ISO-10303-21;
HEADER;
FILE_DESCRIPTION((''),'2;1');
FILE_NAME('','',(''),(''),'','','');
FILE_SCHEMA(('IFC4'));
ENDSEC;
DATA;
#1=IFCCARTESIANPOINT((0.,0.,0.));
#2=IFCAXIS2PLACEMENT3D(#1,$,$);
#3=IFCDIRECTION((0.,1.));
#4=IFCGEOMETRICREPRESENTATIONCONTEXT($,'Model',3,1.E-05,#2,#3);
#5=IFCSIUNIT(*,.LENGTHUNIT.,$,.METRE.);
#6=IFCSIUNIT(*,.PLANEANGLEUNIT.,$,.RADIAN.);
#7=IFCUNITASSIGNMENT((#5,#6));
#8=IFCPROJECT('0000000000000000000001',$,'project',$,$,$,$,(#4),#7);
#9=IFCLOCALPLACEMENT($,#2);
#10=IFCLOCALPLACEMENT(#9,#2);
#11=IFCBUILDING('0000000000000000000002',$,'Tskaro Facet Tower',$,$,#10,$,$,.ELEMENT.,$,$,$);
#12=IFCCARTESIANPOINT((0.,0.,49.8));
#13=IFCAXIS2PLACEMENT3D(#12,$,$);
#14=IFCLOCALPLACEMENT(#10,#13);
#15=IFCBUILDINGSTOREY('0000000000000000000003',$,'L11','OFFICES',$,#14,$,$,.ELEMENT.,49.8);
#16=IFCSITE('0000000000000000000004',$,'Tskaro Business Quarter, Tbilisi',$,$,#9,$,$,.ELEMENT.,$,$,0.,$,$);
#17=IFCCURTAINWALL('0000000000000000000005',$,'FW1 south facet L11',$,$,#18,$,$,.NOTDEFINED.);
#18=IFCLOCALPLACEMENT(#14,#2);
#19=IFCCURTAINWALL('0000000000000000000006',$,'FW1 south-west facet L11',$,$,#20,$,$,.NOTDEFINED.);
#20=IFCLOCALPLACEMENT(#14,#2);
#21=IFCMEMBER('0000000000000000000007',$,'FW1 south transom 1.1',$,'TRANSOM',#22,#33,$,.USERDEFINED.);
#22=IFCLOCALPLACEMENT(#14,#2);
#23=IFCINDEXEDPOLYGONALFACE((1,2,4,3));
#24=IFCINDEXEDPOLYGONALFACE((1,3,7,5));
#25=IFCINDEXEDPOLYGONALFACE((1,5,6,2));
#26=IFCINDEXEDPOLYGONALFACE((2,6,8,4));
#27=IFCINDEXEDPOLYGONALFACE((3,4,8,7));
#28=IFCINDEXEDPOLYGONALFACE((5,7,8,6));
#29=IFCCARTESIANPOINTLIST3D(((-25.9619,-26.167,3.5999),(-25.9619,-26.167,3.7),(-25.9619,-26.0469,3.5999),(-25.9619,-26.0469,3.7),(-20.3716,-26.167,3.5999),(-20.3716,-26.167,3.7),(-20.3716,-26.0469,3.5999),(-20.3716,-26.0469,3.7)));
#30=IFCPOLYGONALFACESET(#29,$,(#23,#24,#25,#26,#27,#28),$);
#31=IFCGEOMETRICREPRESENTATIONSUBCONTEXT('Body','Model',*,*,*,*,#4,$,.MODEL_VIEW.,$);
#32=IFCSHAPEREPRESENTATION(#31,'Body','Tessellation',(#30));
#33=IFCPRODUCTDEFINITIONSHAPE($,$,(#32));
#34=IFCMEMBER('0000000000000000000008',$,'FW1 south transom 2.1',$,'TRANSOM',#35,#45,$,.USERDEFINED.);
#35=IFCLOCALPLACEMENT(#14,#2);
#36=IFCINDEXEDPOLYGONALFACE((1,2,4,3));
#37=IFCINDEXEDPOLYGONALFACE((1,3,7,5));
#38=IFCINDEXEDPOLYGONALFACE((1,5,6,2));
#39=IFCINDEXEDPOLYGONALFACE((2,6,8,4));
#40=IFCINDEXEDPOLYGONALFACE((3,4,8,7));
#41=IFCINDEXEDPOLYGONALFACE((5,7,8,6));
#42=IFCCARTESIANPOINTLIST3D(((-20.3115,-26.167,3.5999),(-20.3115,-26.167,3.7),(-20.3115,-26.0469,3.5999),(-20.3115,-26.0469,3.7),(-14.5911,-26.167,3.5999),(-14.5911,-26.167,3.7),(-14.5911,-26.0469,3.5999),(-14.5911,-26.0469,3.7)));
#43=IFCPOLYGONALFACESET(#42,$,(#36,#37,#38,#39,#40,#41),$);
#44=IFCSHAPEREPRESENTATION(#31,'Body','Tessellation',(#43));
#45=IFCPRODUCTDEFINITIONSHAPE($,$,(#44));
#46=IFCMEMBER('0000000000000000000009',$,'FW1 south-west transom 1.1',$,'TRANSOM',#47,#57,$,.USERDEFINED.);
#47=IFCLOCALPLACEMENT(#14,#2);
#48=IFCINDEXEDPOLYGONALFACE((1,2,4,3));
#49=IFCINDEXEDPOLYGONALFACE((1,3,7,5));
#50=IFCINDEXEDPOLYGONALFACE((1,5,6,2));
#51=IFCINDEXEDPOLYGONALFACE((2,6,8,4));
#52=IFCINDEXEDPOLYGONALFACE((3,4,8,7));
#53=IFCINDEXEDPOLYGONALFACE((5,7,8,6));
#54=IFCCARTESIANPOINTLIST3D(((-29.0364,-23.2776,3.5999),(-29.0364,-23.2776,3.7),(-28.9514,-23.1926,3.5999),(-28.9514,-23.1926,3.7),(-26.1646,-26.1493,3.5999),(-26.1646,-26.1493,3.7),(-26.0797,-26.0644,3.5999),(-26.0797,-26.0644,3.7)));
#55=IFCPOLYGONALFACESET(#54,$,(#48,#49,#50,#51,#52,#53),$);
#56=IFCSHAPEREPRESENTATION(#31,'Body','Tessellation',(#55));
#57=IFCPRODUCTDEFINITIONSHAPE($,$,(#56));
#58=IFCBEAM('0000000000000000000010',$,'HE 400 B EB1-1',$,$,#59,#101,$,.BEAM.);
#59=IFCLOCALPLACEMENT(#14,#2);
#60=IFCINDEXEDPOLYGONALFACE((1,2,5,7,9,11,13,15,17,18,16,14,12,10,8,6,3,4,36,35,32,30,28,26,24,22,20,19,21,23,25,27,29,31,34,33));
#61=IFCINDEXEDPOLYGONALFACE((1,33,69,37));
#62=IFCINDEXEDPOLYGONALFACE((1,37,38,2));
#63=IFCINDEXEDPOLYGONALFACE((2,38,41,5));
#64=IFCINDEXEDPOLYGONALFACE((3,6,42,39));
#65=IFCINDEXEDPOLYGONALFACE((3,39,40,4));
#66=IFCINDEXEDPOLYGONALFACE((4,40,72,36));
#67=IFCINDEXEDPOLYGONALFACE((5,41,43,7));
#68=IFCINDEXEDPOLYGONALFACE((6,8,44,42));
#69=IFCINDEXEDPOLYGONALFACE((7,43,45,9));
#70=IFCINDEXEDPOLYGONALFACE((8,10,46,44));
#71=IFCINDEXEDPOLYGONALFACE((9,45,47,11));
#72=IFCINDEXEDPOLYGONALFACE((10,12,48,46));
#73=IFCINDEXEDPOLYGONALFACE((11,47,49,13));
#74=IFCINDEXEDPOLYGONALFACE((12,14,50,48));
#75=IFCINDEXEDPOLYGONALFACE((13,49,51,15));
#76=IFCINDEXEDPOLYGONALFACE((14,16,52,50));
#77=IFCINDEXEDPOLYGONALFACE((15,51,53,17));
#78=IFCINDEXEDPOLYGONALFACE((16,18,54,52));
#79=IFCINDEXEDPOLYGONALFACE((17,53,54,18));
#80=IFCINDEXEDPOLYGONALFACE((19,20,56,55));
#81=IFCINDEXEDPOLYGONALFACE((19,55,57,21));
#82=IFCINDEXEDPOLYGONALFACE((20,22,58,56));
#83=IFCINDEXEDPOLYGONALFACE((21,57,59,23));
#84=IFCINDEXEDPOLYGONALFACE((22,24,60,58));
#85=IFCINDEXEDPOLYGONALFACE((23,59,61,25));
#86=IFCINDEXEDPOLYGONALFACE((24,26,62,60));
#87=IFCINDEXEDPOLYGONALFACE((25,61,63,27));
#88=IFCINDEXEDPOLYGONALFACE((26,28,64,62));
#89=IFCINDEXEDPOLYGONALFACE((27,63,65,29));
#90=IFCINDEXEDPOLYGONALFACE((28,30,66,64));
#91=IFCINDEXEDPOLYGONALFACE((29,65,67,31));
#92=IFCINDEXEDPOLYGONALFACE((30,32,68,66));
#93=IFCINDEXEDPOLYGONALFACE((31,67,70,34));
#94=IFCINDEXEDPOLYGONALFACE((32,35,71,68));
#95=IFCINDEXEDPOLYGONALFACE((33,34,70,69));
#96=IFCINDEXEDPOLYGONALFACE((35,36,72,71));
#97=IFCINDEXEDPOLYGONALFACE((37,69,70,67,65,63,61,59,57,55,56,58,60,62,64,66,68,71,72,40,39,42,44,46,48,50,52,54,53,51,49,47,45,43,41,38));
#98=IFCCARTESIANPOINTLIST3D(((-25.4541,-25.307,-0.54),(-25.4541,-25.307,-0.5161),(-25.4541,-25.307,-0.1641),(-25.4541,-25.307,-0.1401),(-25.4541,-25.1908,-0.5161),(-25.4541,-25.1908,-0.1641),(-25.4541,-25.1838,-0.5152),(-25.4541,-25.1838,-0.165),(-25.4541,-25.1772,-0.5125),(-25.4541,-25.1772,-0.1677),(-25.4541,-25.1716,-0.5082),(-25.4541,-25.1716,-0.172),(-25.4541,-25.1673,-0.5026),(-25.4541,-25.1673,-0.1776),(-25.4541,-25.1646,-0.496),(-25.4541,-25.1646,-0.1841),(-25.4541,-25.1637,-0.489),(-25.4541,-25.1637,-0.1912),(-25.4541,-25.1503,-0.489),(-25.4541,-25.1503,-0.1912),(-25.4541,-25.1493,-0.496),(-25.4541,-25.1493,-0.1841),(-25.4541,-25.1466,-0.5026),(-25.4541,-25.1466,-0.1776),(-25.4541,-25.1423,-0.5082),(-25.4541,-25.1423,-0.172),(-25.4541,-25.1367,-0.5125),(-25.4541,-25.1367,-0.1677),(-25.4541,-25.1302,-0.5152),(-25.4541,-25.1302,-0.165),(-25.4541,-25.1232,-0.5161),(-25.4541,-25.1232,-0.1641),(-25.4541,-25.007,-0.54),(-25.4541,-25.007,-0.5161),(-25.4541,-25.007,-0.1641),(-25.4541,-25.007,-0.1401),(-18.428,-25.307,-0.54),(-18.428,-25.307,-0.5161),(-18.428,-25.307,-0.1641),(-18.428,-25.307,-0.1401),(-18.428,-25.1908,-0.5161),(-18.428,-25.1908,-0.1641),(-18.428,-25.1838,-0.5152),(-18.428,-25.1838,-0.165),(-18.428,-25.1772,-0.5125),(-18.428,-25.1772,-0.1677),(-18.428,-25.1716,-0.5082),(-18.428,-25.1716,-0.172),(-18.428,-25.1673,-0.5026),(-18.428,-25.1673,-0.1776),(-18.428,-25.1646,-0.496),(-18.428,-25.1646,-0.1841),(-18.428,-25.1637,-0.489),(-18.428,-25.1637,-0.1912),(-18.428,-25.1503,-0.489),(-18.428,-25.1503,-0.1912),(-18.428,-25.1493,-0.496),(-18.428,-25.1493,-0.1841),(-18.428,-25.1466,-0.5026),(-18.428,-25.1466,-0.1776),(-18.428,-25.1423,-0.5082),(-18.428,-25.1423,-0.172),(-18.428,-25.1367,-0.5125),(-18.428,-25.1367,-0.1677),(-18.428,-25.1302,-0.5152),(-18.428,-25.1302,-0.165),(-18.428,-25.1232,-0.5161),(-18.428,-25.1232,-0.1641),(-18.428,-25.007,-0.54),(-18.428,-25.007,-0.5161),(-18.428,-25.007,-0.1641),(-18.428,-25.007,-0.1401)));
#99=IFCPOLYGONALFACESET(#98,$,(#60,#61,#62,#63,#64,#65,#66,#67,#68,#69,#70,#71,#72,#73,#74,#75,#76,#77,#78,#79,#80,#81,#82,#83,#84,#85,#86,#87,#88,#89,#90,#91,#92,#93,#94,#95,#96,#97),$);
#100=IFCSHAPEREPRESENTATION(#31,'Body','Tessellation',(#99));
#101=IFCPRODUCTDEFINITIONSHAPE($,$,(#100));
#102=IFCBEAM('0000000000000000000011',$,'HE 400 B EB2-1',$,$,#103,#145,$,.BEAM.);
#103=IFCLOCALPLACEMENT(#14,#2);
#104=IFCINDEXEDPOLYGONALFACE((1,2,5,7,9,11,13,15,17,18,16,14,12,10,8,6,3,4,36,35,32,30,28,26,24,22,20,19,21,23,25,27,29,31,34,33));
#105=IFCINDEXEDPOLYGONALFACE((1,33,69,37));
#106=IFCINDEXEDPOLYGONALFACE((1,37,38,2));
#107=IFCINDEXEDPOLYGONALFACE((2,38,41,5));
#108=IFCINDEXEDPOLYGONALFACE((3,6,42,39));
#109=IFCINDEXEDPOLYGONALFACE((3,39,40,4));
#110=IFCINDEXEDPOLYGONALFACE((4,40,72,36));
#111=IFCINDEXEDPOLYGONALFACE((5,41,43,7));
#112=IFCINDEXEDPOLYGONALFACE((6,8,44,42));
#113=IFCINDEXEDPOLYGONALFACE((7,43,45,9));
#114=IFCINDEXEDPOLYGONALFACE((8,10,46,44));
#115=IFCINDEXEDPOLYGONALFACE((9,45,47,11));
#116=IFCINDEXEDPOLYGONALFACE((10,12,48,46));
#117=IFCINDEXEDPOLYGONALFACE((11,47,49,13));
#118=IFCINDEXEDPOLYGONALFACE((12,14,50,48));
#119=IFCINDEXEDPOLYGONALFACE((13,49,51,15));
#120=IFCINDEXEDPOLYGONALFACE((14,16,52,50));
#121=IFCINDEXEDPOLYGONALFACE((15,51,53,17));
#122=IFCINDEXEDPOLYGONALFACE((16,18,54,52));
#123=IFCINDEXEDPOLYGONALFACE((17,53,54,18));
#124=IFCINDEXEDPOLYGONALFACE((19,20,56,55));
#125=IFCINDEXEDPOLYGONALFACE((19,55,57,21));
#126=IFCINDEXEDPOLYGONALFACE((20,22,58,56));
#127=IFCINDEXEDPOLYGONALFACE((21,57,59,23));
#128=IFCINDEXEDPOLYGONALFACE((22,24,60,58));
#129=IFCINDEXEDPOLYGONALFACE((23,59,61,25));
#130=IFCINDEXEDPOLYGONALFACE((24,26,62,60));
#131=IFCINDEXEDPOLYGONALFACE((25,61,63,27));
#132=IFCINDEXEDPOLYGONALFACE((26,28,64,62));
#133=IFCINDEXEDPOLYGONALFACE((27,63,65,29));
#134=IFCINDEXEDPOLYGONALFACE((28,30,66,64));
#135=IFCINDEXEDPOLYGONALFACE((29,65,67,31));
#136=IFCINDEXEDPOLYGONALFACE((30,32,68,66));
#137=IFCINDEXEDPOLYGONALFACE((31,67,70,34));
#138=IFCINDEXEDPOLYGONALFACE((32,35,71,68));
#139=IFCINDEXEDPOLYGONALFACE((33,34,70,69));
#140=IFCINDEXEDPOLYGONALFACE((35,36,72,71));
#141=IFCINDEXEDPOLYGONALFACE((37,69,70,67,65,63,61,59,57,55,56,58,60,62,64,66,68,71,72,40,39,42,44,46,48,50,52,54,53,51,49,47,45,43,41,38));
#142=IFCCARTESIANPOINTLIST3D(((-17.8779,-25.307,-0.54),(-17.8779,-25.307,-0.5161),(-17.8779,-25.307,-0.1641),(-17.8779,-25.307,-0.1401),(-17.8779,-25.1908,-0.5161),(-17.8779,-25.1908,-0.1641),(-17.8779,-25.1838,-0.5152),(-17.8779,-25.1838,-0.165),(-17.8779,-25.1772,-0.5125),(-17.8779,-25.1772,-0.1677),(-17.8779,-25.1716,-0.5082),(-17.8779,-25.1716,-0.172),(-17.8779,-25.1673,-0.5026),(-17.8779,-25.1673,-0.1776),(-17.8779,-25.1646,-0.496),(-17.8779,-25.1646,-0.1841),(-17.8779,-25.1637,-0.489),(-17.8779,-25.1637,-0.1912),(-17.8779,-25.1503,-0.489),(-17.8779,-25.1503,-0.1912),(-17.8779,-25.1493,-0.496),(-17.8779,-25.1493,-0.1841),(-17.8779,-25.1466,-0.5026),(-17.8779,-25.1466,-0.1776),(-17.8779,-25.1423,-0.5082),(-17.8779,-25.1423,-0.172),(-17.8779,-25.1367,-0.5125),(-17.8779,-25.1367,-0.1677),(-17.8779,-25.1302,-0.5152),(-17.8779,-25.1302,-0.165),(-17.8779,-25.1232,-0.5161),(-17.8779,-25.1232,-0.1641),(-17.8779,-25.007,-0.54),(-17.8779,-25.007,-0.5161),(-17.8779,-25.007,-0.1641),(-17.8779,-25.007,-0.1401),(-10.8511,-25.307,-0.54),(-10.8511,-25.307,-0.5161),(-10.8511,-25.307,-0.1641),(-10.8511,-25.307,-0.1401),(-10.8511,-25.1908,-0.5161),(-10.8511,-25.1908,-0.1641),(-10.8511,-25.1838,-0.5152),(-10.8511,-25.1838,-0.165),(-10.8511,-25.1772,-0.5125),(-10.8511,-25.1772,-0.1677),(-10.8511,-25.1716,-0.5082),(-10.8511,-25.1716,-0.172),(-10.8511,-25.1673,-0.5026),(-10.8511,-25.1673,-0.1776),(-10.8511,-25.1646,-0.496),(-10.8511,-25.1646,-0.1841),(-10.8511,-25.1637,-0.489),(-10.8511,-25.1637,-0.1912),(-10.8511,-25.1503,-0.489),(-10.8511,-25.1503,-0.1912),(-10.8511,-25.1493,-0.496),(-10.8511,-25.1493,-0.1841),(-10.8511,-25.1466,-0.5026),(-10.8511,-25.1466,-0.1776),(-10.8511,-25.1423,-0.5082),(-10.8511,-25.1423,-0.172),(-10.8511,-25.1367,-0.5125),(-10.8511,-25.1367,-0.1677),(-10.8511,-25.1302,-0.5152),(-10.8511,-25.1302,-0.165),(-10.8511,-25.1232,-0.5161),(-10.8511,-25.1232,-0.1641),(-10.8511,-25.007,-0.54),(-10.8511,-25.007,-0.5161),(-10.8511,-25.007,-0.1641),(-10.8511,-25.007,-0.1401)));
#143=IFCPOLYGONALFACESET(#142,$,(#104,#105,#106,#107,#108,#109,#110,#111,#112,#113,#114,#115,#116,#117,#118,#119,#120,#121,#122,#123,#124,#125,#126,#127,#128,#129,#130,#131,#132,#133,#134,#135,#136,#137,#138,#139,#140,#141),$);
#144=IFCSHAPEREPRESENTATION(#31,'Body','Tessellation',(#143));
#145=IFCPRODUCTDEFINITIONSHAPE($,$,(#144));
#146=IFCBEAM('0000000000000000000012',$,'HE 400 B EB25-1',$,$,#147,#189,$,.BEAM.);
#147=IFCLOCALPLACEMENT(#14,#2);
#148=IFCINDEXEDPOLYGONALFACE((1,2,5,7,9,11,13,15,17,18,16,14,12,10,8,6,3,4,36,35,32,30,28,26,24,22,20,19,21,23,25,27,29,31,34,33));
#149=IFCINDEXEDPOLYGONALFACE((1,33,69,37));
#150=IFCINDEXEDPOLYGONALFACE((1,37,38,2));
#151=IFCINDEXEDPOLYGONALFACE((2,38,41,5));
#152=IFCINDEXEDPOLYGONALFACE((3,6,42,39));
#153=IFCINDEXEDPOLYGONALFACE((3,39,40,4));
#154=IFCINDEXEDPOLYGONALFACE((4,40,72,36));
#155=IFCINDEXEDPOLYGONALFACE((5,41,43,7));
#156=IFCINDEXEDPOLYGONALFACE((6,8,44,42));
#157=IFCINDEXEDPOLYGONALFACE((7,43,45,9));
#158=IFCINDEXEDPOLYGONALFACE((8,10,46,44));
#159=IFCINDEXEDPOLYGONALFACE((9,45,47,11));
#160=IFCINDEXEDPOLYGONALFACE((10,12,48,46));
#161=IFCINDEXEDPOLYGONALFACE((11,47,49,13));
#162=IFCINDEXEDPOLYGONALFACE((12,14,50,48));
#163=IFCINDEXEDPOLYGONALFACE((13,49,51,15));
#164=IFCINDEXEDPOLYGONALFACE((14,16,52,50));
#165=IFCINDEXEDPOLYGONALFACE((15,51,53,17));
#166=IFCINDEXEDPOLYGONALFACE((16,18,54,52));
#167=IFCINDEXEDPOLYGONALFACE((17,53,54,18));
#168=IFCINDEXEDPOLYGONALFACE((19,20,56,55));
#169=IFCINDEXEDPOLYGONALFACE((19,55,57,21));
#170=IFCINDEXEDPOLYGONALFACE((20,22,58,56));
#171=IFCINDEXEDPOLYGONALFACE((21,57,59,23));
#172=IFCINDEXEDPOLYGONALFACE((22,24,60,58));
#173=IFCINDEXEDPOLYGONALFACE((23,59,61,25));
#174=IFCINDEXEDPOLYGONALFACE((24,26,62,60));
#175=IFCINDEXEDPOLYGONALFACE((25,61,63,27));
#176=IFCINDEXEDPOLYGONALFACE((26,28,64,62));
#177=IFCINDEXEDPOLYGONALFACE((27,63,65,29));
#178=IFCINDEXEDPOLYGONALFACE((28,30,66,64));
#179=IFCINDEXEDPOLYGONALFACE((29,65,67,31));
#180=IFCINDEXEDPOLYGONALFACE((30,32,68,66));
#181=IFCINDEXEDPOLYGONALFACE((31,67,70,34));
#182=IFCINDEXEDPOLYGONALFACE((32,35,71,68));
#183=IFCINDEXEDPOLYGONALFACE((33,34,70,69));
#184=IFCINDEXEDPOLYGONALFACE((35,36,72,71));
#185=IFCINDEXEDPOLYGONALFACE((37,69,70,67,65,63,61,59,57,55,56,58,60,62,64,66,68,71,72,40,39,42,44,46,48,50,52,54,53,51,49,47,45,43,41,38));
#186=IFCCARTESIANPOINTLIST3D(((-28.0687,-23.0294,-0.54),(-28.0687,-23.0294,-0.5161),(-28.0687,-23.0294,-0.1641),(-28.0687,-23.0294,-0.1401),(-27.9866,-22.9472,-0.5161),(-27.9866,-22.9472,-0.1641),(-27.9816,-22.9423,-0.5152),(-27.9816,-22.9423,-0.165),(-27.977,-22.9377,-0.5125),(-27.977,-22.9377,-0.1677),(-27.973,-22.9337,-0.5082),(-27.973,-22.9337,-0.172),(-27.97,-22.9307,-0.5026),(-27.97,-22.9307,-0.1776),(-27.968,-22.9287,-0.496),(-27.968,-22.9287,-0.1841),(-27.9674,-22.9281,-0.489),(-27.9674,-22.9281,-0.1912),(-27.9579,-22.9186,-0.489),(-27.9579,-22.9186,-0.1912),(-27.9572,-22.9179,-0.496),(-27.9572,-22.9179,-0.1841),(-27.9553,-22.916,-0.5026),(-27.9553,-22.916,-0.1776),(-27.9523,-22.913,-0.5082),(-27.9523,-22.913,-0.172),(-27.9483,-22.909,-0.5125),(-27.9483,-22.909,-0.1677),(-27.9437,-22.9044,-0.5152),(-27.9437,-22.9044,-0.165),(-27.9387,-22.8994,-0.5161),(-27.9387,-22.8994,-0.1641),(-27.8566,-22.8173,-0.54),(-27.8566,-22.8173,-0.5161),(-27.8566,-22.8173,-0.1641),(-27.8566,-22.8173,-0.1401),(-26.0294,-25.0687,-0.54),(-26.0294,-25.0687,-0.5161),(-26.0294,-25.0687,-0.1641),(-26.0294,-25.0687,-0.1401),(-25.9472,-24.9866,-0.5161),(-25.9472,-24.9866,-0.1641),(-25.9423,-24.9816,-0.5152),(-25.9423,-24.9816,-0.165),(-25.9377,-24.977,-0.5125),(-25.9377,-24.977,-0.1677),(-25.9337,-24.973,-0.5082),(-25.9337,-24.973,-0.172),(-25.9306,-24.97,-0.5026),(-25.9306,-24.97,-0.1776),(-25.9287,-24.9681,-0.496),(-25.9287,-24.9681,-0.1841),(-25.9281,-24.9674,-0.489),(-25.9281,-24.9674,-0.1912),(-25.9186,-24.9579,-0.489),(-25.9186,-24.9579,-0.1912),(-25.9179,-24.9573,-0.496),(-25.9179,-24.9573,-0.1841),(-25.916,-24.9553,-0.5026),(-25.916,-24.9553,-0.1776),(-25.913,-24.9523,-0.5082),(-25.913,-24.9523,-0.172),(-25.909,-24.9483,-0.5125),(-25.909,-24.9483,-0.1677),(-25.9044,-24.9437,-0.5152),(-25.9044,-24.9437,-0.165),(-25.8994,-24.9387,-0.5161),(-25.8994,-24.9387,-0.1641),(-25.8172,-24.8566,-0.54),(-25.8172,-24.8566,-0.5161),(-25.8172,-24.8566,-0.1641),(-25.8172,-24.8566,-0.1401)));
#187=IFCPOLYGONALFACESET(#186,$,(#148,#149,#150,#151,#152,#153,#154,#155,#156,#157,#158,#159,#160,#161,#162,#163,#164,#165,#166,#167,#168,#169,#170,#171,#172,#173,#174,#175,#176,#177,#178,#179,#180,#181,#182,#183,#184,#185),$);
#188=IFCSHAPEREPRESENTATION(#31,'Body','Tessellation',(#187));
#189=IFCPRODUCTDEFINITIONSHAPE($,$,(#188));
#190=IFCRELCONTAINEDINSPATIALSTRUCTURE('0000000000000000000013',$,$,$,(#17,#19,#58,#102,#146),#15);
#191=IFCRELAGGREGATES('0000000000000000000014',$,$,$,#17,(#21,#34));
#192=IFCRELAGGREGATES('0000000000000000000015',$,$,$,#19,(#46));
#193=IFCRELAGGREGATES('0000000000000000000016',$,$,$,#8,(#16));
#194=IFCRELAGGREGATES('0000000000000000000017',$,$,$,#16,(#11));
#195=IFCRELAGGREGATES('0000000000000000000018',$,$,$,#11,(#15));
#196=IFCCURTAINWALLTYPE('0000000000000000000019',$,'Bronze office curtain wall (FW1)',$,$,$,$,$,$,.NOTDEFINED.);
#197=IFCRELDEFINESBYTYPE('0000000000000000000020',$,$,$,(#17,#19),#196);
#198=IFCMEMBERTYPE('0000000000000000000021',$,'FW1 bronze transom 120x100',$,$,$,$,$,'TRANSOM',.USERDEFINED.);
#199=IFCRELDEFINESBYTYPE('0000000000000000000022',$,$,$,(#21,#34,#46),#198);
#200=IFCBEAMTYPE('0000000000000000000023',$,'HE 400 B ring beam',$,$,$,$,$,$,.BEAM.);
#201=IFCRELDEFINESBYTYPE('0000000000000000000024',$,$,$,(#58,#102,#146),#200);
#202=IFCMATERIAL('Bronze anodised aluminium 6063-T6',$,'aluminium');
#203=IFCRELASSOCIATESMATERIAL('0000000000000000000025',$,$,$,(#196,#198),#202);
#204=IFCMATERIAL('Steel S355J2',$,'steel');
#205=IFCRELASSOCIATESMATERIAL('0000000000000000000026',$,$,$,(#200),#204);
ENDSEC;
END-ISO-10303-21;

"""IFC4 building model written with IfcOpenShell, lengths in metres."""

from ifc_helpers import new_model, si_unit, direction, frame, origin, origin_2d, place, context, subcontext, project, spatial, rectangle, i_section, extrude, material, material_profile, profile_set, type_object, element, aggregate, save


model = new_model("IFC4")

# Units and contexts
model_context = context("Model", 3, precision=1e-05, world=origin(), true_north=direction((0.0, 1.0)))
body_context = subcontext(model_context, "Body", "Model", "MODEL_VIEW")
ifc_project = project(units=[si_unit("LENGTHUNIT", "METRE"), si_unit("PLANEANGLEUNIT", "RADIAN")], contexts=[model_context])

# Site, building, storey
site_placement = place(None, origin())
site = spatial("IfcSite", under=ifc_project, at=site_placement, Name="Tskaro Business Quarter, Tbilisi", CompositionType="ELEMENT", RefElevation=0.0)
building_placement = place(site_placement, origin())
building = spatial("IfcBuilding", under=site, at=building_placement, Name="Tskaro Facet Tower", CompositionType="ELEMENT")
storey_placement = place(building_placement, frame((0.0, 0.0, 49.8)))
storey = spatial("IfcBuildingStorey", under=building, at=storey_placement, Name="L11", Description="OFFICES", CompositionType="ELEMENT", Elevation=49.8)

# Curtain walls
ifc_material_1 = material(Name="Bronze anodised aluminium 6063-T6", Category="aluminium")
curtain_wall_type = type_object("IfcCurtainWallType", Name="Bronze office curtain wall (FW1)", PredefinedType="NOTDEFINED", material=ifc_material_1)
curtain_wall_1_placement = place(storey_placement, origin())
curtain_wall_1 = element("IfcCurtainWall", 1, at=curtain_wall_1_placement, inside=storey, type_object=curtain_wall_type, Name="FW1 south facet L11", PredefinedType="NOTDEFINED")
curtain_wall_2_placement = place(storey_placement, origin())
curtain_wall_2 = element("IfcCurtainWall", 2, at=curtain_wall_2_placement, inside=storey, type_object=curtain_wall_type, Name="FW1 south-west facet L11", PredefinedType="NOTDEFINED")

# Members
ifc_material_profile_1 = material_profile(ifc_material_1, rectangle(XDim=0.1201, YDim=0.1001, at=origin_2d()), Name="Transom 120x100")
ifc_profile_set_1 = profile_set([ifc_material_profile_1], Name="Bronze anodised aluminium 6063-T6")
member_type_1 = type_object("IfcMemberType", Name="FW1 bronze transom 120x100", ElementType="TRANSOM", PredefinedType="USERDEFINED", material=ifc_profile_set_1)
member_1_placement = place(storey_placement, frame((-25.9619, -26.1069, 3.6499), z_axis=(1.0, 0.0, 0.0), x_axis=(0.0, 1.0, 0.0)))
member_1 = element("IfcMember", 3, at=member_1_placement, type_object=member_type_1, Name="FW1 south transom 1.1", ObjectType="TRANSOM", PredefinedType="USERDEFINED", context=body_context, shape_type="SweptSolid", body=[
    extrude(rectangle(XDim=0.1201, YDim=0.1001, at=origin_2d()), origin(), (0.0, 0.0, 1.0), 5.5903),
])
member_2_placement = place(storey_placement, frame((-20.3115, -26.1069, 3.6499), z_axis=(1.0, 0.0, 0.0), x_axis=(0.0, 1.0, 0.0)))
member_2 = element("IfcMember", 4, at=member_2_placement, type_object=member_type_1, Name="FW1 south transom 2.1", ObjectType="TRANSOM", PredefinedType="USERDEFINED", context=body_context, shape_type="SweptSolid", body=[
    extrude(rectangle(XDim=0.1201, YDim=0.1001, at=origin_2d()), origin(), (0.0, 0.0, 1.0), 5.7205),
])
member_3_placement = place(storey_placement, frame((-28.9939, -23.2351, 3.6499), z_axis=(0.707107, -0.707107, 0.0), x_axis=(0.707107, 0.707107, 0.0)))
member_3 = element("IfcMember", 5, at=member_3_placement, type_object=member_type_1, Name="FW1 south-west transom 1.1", ObjectType="TRANSOM", PredefinedType="USERDEFINED", context=body_context, shape_type="SweptSolid", body=[
    extrude(rectangle(XDim=0.1201, YDim=0.1001, at=origin_2d()), origin(), (0.0, 0.0, 1.0), 4.0613),
])

# Beams
ifc_material_2 = material(Name="Steel S355J2", Category="steel")
ifc_material_profile_2 = material_profile(ifc_material_2, i_section(OverallWidth=0.3, OverallDepth=0.3999, WebThickness=0.0134, FlangeThickness=0.0239, FilletRadius=0.0271, at=origin_2d()), Name="HE 400 B")
ifc_profile_set_2 = profile_set([ifc_material_profile_2], Name="Steel S355J2")
beam_type_1 = type_object("IfcBeamType", Name="HE 400 B ring beam", PredefinedType="BEAM", material=ifc_profile_set_2)
beam_1_placement = place(storey_placement, frame((-25.4541, -25.157, -0.3401), z_axis=(1.0, 0.0, 0.0), x_axis=(0.0, 1.0, 0.0)))
element("IfcBeam", 6, at=beam_1_placement, inside=storey, type_object=beam_type_1, Name="HE 400 B EB1-1", PredefinedType="BEAM", context=body_context, shape_type="SweptSolid", body=[
    extrude(i_section(OverallWidth=0.3, OverallDepth=0.3999, WebThickness=0.0134, FlangeThickness=0.0239, FilletRadius=0.0271, at=origin_2d()), origin(), (0.0, 0.0, 1.0), 7.0261),
])
beam_2_placement = place(storey_placement, frame((-17.8779, -25.157, -0.3401), z_axis=(1.0, 0.0, 0.0), x_axis=(0.0, 1.0, 0.0)))
element("IfcBeam", 7, at=beam_2_placement, inside=storey, type_object=beam_type_1, Name="HE 400 B EB2-1", PredefinedType="BEAM", context=body_context, shape_type="SweptSolid", body=[
    extrude(i_section(OverallWidth=0.3, OverallDepth=0.3999, WebThickness=0.0134, FlangeThickness=0.0239, FilletRadius=0.0271, at=origin_2d()), origin(), (0.0, 0.0, 1.0), 7.0269),
])
beam_3_placement = place(storey_placement, frame((-27.9626, -22.9233, -0.3401), z_axis=(0.707107, -0.707107, 0.0), x_axis=(0.707107, 0.707107, 0.0)))
element("IfcBeam", 8, at=beam_3_placement, inside=storey, type_object=beam_type_1, Name="HE 400 B EB25-1", PredefinedType="BEAM", context=body_context, shape_type="SweptSolid", body=[
    extrude(i_section(OverallWidth=0.3, OverallDepth=0.3999, WebThickness=0.0134, FlangeThickness=0.0239, FilletRadius=0.0271, at=origin_2d()), origin(), (0.0, 0.0, 1.0), 2.884),
])

aggregate(curtain_wall_1, [member_1, member_2])

aggregate(curtain_wall_2, [member_3])

save(model, "model.ifc")
